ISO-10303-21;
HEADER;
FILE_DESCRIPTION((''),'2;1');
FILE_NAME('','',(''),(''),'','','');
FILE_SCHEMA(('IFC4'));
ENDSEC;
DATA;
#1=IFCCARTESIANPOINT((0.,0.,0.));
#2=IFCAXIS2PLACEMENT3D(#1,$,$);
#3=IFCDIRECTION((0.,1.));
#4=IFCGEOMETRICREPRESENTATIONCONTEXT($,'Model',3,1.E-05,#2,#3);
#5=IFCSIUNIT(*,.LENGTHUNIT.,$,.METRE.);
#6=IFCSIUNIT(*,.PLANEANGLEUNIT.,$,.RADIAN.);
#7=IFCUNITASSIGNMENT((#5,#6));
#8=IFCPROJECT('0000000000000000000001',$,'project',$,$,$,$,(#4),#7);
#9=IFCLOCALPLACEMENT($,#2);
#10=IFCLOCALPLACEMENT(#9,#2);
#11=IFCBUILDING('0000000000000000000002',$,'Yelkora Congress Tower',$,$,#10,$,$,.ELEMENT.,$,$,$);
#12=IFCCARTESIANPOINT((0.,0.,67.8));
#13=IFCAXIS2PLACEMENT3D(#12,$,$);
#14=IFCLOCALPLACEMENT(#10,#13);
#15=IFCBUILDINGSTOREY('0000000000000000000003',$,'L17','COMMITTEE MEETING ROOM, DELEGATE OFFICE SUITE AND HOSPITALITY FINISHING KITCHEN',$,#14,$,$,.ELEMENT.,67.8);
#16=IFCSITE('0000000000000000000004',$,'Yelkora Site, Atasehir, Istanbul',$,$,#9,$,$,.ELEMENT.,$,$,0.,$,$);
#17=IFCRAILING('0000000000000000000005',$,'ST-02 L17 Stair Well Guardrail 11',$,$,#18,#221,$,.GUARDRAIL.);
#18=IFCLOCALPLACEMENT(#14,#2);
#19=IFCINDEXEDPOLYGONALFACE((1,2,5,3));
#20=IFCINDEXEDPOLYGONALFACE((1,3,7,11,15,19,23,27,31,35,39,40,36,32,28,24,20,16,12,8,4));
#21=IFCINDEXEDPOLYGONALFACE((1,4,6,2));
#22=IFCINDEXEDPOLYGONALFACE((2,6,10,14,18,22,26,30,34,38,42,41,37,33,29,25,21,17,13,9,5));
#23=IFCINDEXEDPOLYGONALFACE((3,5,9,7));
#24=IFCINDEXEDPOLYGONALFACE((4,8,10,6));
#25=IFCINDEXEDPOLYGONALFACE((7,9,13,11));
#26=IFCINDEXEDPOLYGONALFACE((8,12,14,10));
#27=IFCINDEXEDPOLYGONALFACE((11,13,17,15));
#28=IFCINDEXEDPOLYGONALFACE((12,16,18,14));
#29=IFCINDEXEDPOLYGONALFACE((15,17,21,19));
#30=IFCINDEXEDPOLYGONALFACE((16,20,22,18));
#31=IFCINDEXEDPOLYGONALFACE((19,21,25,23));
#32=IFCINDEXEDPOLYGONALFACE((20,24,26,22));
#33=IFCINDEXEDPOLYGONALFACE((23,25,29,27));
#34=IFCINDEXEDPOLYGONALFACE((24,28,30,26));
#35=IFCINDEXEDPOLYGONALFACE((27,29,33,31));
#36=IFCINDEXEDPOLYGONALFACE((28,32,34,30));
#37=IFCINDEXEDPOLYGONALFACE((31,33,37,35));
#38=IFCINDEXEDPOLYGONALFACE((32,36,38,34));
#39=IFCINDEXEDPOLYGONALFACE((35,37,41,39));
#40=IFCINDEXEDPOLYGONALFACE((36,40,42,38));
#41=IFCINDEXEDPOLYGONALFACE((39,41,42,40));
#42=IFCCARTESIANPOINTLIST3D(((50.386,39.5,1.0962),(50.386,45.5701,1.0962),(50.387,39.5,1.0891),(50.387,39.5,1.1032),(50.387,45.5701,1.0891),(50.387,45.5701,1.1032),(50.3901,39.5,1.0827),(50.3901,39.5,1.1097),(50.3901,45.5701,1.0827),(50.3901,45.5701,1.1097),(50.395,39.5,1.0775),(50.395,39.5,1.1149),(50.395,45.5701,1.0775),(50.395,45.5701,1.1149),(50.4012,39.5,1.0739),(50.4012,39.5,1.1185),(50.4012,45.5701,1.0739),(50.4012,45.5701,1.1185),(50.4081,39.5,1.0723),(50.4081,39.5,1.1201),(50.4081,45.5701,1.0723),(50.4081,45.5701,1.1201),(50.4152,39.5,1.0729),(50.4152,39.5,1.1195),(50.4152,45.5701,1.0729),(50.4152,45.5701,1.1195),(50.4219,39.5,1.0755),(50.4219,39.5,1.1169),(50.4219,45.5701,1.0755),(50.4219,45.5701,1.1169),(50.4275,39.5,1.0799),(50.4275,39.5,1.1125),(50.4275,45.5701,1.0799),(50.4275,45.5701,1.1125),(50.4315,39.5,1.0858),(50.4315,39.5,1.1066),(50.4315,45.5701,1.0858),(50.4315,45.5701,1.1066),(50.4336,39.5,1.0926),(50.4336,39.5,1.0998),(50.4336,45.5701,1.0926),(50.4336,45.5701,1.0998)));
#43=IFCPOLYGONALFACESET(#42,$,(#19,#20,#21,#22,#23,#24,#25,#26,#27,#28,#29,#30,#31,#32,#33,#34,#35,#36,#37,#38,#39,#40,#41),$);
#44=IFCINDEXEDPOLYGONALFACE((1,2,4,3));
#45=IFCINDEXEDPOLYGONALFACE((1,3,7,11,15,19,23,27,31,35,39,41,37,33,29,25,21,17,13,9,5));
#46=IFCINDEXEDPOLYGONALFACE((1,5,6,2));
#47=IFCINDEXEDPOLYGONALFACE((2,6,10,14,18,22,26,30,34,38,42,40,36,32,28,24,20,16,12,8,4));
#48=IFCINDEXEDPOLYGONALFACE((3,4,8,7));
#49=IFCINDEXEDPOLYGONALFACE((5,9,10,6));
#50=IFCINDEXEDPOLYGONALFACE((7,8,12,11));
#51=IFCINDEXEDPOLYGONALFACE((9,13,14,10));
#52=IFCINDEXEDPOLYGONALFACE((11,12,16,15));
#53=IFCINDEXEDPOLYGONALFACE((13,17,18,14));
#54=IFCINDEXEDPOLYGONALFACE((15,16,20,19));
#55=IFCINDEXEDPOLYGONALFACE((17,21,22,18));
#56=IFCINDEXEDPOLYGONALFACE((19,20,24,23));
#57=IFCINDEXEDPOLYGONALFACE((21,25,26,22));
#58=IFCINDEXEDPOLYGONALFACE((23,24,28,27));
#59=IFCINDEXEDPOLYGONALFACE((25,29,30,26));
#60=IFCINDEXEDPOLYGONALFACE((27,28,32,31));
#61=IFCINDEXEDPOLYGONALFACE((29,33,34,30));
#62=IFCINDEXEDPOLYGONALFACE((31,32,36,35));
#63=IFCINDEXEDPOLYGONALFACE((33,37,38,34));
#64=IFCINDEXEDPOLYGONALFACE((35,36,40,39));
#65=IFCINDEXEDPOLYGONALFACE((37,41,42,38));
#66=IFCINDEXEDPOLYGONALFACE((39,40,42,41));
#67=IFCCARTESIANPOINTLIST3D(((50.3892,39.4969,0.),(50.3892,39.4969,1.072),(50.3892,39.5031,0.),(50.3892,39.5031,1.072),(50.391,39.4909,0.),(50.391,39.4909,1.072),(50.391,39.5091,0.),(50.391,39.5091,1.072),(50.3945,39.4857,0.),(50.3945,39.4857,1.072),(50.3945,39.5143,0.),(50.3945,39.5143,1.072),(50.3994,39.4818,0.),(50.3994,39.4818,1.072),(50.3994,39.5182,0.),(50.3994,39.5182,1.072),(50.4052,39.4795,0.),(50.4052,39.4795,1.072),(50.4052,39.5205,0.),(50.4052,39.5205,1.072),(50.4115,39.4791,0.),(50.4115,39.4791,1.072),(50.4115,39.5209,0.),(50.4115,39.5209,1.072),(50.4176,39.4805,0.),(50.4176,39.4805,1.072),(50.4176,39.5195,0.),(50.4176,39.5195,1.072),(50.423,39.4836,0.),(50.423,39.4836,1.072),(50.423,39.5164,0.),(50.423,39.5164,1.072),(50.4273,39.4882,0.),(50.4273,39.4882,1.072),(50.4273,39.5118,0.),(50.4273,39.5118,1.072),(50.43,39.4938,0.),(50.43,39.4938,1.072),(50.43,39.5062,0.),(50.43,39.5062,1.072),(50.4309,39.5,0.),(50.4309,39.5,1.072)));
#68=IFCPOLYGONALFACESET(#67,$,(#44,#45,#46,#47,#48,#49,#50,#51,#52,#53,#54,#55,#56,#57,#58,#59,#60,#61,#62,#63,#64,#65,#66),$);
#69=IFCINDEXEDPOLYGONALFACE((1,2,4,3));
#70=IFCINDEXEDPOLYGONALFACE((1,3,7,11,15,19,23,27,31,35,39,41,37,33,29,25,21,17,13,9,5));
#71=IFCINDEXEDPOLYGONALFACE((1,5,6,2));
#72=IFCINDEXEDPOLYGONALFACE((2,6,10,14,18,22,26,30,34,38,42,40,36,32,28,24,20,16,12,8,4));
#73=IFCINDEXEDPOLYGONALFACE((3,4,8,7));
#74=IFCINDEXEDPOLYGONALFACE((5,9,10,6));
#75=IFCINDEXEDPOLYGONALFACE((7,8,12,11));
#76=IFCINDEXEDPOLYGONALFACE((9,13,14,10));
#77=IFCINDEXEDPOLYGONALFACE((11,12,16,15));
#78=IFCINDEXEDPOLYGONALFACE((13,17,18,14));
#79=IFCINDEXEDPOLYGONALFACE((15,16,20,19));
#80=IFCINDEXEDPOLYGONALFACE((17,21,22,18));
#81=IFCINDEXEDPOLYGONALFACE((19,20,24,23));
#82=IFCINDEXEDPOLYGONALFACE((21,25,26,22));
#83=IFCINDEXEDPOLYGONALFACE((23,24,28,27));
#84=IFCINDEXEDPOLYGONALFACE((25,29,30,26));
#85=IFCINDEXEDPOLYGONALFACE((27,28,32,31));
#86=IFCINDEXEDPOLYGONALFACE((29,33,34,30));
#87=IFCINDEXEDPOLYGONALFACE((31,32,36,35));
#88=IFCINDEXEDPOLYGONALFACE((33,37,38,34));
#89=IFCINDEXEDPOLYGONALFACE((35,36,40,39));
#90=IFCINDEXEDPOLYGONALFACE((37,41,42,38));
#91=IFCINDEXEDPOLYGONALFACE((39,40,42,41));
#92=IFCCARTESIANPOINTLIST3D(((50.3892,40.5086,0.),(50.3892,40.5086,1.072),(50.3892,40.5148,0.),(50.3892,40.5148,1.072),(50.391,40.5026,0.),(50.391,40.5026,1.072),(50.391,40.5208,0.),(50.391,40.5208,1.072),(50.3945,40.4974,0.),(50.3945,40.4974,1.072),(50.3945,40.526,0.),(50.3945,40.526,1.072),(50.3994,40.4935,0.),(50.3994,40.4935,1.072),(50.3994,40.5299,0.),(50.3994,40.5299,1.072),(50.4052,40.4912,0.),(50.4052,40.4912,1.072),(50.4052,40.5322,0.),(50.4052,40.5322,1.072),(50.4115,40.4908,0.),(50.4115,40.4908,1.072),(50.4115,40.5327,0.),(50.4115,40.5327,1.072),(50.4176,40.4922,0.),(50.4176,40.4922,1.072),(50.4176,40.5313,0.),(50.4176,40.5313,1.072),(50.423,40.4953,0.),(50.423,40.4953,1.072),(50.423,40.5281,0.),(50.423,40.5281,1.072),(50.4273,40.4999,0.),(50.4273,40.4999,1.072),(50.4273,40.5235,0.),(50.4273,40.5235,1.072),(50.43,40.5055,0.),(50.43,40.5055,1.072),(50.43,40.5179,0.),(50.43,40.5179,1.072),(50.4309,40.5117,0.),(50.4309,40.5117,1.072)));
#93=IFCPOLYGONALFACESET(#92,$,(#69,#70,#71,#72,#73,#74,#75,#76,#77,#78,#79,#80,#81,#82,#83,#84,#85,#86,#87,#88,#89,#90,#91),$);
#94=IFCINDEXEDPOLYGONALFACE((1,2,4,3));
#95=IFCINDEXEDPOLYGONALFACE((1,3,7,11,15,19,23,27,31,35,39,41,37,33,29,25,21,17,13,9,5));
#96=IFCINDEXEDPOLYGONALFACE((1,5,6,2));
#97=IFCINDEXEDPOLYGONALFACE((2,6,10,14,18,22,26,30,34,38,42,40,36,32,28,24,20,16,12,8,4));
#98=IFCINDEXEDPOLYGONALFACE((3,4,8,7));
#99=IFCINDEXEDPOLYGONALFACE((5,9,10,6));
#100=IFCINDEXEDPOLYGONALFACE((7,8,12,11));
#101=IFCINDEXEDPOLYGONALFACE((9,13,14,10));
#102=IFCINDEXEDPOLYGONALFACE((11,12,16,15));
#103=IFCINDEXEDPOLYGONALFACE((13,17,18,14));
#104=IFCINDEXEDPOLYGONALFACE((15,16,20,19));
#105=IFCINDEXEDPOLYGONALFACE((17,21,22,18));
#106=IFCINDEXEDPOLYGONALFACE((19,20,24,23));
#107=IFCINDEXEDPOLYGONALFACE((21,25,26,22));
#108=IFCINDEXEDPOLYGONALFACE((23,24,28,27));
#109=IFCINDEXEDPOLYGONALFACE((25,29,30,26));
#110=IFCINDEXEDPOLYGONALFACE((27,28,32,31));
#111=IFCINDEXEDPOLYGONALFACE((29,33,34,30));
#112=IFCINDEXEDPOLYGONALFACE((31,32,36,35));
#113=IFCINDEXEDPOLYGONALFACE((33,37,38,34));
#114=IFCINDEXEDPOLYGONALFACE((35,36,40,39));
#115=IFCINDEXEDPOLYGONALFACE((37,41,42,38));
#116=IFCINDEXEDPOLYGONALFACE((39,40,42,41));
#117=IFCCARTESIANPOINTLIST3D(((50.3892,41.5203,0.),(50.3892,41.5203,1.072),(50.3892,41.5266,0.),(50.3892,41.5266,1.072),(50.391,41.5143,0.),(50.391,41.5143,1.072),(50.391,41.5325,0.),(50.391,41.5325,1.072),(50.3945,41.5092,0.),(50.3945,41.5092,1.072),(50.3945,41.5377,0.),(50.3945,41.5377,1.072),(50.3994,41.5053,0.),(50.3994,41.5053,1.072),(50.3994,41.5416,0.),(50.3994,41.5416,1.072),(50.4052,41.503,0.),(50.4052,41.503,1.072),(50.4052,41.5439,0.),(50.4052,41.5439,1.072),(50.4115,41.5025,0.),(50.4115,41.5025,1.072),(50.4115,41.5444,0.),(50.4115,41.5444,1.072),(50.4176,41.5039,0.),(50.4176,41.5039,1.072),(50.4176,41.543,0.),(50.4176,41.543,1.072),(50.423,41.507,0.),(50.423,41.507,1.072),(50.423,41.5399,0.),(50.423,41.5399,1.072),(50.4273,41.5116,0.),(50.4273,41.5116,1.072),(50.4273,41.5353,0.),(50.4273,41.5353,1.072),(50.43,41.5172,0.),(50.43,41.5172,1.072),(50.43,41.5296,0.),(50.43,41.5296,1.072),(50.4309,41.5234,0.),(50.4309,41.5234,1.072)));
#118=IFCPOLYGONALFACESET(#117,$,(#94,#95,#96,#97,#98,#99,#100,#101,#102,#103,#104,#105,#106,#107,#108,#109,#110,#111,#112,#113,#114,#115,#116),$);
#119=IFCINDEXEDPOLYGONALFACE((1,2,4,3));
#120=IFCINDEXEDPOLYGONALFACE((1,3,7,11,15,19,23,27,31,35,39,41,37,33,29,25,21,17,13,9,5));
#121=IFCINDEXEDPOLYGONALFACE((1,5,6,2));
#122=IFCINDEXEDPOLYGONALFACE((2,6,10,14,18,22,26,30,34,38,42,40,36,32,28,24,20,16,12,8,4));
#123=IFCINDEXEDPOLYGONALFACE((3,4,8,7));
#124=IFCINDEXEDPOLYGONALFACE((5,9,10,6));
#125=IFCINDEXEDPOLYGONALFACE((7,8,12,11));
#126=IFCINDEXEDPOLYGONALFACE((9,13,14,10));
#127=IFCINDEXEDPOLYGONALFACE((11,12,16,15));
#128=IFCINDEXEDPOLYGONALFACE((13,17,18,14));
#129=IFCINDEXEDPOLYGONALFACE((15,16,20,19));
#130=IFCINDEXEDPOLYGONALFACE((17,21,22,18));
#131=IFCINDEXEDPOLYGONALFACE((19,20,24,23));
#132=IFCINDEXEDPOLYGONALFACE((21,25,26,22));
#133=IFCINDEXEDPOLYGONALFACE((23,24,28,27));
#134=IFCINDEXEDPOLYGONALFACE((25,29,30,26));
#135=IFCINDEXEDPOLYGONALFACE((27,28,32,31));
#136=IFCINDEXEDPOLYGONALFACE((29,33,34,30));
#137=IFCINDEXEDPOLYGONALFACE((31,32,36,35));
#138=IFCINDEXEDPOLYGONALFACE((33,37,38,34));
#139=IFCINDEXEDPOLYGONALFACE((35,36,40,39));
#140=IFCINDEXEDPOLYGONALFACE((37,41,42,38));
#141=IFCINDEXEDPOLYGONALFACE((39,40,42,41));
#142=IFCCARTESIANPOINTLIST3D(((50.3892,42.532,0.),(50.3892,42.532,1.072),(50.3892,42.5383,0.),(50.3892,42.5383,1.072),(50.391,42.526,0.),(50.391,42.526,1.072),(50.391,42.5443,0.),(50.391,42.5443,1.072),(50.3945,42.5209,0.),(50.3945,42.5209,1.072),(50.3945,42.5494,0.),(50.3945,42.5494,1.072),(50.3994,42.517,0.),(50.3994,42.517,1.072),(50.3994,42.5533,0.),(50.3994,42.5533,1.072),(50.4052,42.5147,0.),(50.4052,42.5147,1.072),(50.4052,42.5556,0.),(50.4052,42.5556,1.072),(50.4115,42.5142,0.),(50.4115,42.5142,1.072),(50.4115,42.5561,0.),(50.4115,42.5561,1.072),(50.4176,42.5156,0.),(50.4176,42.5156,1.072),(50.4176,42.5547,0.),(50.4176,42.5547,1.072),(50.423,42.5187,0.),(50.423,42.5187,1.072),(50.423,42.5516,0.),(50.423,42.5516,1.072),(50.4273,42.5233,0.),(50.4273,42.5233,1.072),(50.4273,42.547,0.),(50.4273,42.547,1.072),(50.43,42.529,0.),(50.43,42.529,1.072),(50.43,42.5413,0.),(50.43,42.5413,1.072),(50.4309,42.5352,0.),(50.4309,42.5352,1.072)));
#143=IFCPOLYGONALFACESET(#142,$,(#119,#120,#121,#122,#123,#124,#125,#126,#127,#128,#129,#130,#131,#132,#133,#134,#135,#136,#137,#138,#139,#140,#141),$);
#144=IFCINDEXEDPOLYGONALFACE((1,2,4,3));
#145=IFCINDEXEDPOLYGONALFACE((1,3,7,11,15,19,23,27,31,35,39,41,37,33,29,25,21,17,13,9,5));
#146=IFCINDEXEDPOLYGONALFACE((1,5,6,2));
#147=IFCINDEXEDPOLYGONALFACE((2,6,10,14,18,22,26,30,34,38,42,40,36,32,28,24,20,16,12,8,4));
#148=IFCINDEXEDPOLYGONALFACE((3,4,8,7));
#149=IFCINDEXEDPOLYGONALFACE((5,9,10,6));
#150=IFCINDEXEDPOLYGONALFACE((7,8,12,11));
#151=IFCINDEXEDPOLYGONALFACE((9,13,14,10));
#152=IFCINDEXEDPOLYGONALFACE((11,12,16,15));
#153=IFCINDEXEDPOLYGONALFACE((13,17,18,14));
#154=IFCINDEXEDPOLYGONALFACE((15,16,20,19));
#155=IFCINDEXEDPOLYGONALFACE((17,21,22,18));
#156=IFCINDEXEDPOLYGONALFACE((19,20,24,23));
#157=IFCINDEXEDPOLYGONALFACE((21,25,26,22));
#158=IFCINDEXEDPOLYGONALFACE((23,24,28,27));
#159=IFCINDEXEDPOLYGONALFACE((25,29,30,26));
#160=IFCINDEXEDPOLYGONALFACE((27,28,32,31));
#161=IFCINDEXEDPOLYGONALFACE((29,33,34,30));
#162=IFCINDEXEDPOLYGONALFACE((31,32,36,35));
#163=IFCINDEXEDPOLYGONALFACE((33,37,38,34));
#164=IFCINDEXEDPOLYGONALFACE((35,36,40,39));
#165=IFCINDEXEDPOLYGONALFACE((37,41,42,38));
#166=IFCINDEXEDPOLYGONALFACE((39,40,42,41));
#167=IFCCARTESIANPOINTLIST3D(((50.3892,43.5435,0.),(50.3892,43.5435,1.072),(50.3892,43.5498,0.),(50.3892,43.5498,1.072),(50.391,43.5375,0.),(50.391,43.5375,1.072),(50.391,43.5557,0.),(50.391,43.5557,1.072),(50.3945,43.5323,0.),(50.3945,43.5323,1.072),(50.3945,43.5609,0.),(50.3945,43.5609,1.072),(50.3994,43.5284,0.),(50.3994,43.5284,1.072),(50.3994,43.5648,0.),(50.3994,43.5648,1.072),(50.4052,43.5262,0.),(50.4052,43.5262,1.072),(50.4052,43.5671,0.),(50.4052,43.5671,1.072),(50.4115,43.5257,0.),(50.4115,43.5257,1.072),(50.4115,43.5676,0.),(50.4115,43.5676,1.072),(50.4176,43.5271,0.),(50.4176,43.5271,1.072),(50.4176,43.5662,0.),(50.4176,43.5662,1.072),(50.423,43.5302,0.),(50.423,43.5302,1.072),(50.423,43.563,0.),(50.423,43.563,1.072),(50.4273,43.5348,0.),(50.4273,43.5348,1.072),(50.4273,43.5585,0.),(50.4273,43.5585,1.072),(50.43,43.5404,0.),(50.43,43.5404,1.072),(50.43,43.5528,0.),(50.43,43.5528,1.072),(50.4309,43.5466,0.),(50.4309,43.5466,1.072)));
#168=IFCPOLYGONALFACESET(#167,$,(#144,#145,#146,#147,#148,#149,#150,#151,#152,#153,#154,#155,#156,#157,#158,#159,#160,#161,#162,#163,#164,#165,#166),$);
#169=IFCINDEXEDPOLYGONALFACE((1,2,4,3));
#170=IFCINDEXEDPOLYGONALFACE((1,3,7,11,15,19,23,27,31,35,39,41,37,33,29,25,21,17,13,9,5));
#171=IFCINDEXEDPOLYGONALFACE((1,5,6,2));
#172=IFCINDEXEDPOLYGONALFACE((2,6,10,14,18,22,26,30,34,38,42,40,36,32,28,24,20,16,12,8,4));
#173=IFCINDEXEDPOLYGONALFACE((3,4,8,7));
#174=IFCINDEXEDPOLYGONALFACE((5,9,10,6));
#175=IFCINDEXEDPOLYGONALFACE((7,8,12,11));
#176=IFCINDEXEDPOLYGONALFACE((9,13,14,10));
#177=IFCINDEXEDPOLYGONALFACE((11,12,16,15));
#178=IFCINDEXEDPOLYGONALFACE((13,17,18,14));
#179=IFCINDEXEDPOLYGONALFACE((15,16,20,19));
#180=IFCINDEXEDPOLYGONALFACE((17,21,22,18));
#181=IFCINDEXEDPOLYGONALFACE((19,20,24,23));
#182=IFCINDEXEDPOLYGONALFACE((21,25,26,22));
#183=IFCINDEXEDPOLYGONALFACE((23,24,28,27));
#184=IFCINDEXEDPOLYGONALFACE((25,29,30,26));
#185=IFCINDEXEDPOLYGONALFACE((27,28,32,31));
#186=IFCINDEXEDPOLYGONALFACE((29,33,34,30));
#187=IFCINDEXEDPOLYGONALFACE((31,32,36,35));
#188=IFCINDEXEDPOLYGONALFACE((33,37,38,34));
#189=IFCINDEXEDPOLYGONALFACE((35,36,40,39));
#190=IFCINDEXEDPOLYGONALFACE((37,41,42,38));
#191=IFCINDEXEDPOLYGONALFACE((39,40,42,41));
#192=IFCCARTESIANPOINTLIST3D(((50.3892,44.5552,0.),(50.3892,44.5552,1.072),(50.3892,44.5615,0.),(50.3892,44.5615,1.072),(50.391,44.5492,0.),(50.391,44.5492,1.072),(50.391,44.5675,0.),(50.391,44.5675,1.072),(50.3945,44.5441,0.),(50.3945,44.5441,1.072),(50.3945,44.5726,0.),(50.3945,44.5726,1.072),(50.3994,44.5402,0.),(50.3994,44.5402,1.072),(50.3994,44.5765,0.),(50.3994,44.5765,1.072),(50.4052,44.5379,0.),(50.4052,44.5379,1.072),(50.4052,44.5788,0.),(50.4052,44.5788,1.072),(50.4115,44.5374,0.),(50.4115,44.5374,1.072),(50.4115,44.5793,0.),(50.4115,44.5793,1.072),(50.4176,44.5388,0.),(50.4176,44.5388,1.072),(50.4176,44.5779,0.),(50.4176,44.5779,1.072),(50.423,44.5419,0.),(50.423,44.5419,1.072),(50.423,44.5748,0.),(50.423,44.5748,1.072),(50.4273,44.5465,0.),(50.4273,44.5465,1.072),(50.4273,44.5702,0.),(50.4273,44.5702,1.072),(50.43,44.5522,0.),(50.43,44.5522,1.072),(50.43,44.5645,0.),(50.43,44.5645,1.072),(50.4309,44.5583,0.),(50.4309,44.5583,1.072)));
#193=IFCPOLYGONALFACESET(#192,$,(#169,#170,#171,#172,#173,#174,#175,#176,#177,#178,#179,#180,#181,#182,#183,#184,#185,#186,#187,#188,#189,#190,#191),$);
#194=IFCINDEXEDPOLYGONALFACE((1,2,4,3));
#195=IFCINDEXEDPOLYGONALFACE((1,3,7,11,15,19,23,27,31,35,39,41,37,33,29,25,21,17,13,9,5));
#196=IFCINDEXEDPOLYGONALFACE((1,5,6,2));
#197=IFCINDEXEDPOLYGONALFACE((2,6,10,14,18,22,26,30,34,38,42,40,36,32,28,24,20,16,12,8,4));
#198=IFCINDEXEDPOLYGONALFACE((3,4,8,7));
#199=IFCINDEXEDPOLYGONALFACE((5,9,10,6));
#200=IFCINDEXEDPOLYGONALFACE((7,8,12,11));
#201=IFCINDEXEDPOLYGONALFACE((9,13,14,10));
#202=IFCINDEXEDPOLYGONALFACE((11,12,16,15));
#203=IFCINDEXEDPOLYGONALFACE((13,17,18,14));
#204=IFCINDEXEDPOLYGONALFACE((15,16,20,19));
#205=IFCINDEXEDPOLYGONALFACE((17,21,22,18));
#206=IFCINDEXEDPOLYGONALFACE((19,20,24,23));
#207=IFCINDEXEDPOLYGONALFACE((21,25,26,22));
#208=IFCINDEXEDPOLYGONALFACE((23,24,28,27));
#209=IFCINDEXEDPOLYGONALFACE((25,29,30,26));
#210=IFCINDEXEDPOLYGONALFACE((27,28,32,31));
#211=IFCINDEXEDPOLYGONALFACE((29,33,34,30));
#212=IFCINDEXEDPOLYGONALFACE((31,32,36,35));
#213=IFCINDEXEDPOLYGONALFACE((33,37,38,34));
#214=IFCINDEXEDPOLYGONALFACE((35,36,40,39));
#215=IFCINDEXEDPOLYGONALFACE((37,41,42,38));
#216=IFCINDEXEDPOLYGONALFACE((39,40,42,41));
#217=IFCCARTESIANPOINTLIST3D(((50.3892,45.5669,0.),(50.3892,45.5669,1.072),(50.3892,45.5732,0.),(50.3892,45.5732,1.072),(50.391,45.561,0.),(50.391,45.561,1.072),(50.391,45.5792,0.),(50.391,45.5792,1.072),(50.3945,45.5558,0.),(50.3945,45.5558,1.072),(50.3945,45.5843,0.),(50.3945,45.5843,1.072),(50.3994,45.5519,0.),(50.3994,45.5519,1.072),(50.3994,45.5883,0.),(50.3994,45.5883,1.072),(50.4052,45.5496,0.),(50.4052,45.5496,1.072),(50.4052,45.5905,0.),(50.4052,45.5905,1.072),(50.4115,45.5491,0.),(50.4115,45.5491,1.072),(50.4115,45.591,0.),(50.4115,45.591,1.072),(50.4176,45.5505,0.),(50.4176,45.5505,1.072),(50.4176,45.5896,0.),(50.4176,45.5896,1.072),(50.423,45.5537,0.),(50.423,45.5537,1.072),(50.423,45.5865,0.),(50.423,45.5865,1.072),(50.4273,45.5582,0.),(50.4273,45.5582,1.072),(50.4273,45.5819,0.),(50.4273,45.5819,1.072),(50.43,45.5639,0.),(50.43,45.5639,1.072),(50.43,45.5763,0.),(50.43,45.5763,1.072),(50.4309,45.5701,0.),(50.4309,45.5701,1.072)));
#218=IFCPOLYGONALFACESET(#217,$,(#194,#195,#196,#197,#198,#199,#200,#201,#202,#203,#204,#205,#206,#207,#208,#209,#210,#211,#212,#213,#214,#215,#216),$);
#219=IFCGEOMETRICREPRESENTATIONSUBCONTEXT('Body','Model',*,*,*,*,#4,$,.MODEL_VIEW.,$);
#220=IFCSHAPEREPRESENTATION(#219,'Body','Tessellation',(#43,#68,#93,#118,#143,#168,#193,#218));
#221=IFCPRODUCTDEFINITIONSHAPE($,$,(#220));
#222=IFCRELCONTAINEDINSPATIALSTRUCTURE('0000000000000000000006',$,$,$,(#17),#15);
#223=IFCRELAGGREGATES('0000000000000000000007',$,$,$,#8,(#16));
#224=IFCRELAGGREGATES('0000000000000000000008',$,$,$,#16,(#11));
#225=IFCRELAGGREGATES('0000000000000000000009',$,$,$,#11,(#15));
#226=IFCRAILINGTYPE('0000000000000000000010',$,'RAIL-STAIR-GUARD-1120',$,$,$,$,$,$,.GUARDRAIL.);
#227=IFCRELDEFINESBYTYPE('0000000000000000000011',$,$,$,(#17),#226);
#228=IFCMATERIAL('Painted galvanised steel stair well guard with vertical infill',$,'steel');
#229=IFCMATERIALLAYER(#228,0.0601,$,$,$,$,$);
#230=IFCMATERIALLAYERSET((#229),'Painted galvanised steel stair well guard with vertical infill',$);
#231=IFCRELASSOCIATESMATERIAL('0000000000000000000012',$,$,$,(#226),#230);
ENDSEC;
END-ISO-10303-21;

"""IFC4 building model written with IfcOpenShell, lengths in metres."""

from ifc_helpers import new_model, si_unit, direction, frame, origin, origin_2d, place, context, subcontext, project, spatial, circle, extrude, material, layer, layer_set, type_object, element, save


model = new_model("IFC4")

# Units and contexts
model_context = context("Model", 3, precision=1e-05, world=origin(), true_north=direction((0.0, 1.0)))
body_context = subcontext(model_context, "Body", "Model", "MODEL_VIEW")
ifc_project = project(units=[si_unit("LENGTHUNIT", "METRE"), si_unit("PLANEANGLEUNIT", "RADIAN")], contexts=[model_context])

# Site, building, storey
site_placement = place(None, origin())
site = spatial("IfcSite", under=ifc_project, at=site_placement, Name="Yelkora Site, Atasehir, Istanbul", CompositionType="ELEMENT", RefElevation=0.0)
building_placement = place(site_placement, origin())
building = spatial("IfcBuilding", under=site, at=building_placement, Name="Yelkora Congress Tower", CompositionType="ELEMENT")
storey_placement = place(building_placement, frame((0.0, 0.0, 67.8)))
storey = spatial("IfcBuildingStorey", under=building, at=storey_placement, Name="L17", Description="COMMITTEE MEETING ROOM, DELEGATE OFFICE SUITE AND HOSPITALITY FINISHING KITCHEN", CompositionType="ELEMENT", Elevation=67.8)

# Railing
ifc_material_1 = material(Name="Painted galvanised steel stair well guard with vertical infill", Category="steel")
ifc_layer_1 = layer(ifc_material_1, 0.0601)
ifc_layer_set_1 = layer_set([ifc_layer_1], Name="Painted galvanised steel stair well guard with vertical infill")
railing_type_1 = type_object("IfcRailingType", Name="RAIL-STAIR-GUARD-1120", PredefinedType="GUARDRAIL", material=ifc_layer_set_1)
railing_1_placement = place(storey_placement, frame((50.4099, 39.5, 0.0)))
element("IfcRailing", 1, at=railing_1_placement, inside=storey, type_object=railing_type_1, Name="ST-02 L17 Stair Well Guardrail 11", PredefinedType="GUARDRAIL", context=body_context, shape_type="SweptSolid", body=[
    extrude(circle(Radius=0.0239, at=origin_2d()), frame((0.0, 0.0, 1.0962), z_axis=(0.0, 1.0, 0.0), x_axis=(-1.0, 0.0, 0.0)), (0.0, 0.0, 1.0), 6.0701),
    extrude(circle(Radius=0.021, at=origin_2d()), origin(), (0.0, 0.0, 1.0), 1.072),
    extrude(circle(Radius=0.021, at=origin_2d()), frame((0.0, 1.0117, 0.0)), (0.0, 0.0, 1.0), 1.072),
    extrude(circle(Radius=0.021, at=origin_2d()), frame((0.0, 2.0234, 0.0)), (0.0, 0.0, 1.0), 1.072),
    extrude(circle(Radius=0.021, at=origin_2d()), frame((0.0, 3.0352, 0.0)), (0.0, 0.0, 1.0), 1.072),
    extrude(circle(Radius=0.021, at=origin_2d()), frame((0.0, 4.0466, 0.0)), (0.0, 0.0, 1.0), 1.072),
    extrude(circle(Radius=0.021, at=origin_2d()), frame((0.0, 5.0583, 0.0)), (0.0, 0.0, 1.0), 1.072),
    extrude(circle(Radius=0.021, at=origin_2d()), frame((0.0, 6.0701, 0.0)), (0.0, 0.0, 1.0), 1.072),
])

save(model, "model.ifc")
